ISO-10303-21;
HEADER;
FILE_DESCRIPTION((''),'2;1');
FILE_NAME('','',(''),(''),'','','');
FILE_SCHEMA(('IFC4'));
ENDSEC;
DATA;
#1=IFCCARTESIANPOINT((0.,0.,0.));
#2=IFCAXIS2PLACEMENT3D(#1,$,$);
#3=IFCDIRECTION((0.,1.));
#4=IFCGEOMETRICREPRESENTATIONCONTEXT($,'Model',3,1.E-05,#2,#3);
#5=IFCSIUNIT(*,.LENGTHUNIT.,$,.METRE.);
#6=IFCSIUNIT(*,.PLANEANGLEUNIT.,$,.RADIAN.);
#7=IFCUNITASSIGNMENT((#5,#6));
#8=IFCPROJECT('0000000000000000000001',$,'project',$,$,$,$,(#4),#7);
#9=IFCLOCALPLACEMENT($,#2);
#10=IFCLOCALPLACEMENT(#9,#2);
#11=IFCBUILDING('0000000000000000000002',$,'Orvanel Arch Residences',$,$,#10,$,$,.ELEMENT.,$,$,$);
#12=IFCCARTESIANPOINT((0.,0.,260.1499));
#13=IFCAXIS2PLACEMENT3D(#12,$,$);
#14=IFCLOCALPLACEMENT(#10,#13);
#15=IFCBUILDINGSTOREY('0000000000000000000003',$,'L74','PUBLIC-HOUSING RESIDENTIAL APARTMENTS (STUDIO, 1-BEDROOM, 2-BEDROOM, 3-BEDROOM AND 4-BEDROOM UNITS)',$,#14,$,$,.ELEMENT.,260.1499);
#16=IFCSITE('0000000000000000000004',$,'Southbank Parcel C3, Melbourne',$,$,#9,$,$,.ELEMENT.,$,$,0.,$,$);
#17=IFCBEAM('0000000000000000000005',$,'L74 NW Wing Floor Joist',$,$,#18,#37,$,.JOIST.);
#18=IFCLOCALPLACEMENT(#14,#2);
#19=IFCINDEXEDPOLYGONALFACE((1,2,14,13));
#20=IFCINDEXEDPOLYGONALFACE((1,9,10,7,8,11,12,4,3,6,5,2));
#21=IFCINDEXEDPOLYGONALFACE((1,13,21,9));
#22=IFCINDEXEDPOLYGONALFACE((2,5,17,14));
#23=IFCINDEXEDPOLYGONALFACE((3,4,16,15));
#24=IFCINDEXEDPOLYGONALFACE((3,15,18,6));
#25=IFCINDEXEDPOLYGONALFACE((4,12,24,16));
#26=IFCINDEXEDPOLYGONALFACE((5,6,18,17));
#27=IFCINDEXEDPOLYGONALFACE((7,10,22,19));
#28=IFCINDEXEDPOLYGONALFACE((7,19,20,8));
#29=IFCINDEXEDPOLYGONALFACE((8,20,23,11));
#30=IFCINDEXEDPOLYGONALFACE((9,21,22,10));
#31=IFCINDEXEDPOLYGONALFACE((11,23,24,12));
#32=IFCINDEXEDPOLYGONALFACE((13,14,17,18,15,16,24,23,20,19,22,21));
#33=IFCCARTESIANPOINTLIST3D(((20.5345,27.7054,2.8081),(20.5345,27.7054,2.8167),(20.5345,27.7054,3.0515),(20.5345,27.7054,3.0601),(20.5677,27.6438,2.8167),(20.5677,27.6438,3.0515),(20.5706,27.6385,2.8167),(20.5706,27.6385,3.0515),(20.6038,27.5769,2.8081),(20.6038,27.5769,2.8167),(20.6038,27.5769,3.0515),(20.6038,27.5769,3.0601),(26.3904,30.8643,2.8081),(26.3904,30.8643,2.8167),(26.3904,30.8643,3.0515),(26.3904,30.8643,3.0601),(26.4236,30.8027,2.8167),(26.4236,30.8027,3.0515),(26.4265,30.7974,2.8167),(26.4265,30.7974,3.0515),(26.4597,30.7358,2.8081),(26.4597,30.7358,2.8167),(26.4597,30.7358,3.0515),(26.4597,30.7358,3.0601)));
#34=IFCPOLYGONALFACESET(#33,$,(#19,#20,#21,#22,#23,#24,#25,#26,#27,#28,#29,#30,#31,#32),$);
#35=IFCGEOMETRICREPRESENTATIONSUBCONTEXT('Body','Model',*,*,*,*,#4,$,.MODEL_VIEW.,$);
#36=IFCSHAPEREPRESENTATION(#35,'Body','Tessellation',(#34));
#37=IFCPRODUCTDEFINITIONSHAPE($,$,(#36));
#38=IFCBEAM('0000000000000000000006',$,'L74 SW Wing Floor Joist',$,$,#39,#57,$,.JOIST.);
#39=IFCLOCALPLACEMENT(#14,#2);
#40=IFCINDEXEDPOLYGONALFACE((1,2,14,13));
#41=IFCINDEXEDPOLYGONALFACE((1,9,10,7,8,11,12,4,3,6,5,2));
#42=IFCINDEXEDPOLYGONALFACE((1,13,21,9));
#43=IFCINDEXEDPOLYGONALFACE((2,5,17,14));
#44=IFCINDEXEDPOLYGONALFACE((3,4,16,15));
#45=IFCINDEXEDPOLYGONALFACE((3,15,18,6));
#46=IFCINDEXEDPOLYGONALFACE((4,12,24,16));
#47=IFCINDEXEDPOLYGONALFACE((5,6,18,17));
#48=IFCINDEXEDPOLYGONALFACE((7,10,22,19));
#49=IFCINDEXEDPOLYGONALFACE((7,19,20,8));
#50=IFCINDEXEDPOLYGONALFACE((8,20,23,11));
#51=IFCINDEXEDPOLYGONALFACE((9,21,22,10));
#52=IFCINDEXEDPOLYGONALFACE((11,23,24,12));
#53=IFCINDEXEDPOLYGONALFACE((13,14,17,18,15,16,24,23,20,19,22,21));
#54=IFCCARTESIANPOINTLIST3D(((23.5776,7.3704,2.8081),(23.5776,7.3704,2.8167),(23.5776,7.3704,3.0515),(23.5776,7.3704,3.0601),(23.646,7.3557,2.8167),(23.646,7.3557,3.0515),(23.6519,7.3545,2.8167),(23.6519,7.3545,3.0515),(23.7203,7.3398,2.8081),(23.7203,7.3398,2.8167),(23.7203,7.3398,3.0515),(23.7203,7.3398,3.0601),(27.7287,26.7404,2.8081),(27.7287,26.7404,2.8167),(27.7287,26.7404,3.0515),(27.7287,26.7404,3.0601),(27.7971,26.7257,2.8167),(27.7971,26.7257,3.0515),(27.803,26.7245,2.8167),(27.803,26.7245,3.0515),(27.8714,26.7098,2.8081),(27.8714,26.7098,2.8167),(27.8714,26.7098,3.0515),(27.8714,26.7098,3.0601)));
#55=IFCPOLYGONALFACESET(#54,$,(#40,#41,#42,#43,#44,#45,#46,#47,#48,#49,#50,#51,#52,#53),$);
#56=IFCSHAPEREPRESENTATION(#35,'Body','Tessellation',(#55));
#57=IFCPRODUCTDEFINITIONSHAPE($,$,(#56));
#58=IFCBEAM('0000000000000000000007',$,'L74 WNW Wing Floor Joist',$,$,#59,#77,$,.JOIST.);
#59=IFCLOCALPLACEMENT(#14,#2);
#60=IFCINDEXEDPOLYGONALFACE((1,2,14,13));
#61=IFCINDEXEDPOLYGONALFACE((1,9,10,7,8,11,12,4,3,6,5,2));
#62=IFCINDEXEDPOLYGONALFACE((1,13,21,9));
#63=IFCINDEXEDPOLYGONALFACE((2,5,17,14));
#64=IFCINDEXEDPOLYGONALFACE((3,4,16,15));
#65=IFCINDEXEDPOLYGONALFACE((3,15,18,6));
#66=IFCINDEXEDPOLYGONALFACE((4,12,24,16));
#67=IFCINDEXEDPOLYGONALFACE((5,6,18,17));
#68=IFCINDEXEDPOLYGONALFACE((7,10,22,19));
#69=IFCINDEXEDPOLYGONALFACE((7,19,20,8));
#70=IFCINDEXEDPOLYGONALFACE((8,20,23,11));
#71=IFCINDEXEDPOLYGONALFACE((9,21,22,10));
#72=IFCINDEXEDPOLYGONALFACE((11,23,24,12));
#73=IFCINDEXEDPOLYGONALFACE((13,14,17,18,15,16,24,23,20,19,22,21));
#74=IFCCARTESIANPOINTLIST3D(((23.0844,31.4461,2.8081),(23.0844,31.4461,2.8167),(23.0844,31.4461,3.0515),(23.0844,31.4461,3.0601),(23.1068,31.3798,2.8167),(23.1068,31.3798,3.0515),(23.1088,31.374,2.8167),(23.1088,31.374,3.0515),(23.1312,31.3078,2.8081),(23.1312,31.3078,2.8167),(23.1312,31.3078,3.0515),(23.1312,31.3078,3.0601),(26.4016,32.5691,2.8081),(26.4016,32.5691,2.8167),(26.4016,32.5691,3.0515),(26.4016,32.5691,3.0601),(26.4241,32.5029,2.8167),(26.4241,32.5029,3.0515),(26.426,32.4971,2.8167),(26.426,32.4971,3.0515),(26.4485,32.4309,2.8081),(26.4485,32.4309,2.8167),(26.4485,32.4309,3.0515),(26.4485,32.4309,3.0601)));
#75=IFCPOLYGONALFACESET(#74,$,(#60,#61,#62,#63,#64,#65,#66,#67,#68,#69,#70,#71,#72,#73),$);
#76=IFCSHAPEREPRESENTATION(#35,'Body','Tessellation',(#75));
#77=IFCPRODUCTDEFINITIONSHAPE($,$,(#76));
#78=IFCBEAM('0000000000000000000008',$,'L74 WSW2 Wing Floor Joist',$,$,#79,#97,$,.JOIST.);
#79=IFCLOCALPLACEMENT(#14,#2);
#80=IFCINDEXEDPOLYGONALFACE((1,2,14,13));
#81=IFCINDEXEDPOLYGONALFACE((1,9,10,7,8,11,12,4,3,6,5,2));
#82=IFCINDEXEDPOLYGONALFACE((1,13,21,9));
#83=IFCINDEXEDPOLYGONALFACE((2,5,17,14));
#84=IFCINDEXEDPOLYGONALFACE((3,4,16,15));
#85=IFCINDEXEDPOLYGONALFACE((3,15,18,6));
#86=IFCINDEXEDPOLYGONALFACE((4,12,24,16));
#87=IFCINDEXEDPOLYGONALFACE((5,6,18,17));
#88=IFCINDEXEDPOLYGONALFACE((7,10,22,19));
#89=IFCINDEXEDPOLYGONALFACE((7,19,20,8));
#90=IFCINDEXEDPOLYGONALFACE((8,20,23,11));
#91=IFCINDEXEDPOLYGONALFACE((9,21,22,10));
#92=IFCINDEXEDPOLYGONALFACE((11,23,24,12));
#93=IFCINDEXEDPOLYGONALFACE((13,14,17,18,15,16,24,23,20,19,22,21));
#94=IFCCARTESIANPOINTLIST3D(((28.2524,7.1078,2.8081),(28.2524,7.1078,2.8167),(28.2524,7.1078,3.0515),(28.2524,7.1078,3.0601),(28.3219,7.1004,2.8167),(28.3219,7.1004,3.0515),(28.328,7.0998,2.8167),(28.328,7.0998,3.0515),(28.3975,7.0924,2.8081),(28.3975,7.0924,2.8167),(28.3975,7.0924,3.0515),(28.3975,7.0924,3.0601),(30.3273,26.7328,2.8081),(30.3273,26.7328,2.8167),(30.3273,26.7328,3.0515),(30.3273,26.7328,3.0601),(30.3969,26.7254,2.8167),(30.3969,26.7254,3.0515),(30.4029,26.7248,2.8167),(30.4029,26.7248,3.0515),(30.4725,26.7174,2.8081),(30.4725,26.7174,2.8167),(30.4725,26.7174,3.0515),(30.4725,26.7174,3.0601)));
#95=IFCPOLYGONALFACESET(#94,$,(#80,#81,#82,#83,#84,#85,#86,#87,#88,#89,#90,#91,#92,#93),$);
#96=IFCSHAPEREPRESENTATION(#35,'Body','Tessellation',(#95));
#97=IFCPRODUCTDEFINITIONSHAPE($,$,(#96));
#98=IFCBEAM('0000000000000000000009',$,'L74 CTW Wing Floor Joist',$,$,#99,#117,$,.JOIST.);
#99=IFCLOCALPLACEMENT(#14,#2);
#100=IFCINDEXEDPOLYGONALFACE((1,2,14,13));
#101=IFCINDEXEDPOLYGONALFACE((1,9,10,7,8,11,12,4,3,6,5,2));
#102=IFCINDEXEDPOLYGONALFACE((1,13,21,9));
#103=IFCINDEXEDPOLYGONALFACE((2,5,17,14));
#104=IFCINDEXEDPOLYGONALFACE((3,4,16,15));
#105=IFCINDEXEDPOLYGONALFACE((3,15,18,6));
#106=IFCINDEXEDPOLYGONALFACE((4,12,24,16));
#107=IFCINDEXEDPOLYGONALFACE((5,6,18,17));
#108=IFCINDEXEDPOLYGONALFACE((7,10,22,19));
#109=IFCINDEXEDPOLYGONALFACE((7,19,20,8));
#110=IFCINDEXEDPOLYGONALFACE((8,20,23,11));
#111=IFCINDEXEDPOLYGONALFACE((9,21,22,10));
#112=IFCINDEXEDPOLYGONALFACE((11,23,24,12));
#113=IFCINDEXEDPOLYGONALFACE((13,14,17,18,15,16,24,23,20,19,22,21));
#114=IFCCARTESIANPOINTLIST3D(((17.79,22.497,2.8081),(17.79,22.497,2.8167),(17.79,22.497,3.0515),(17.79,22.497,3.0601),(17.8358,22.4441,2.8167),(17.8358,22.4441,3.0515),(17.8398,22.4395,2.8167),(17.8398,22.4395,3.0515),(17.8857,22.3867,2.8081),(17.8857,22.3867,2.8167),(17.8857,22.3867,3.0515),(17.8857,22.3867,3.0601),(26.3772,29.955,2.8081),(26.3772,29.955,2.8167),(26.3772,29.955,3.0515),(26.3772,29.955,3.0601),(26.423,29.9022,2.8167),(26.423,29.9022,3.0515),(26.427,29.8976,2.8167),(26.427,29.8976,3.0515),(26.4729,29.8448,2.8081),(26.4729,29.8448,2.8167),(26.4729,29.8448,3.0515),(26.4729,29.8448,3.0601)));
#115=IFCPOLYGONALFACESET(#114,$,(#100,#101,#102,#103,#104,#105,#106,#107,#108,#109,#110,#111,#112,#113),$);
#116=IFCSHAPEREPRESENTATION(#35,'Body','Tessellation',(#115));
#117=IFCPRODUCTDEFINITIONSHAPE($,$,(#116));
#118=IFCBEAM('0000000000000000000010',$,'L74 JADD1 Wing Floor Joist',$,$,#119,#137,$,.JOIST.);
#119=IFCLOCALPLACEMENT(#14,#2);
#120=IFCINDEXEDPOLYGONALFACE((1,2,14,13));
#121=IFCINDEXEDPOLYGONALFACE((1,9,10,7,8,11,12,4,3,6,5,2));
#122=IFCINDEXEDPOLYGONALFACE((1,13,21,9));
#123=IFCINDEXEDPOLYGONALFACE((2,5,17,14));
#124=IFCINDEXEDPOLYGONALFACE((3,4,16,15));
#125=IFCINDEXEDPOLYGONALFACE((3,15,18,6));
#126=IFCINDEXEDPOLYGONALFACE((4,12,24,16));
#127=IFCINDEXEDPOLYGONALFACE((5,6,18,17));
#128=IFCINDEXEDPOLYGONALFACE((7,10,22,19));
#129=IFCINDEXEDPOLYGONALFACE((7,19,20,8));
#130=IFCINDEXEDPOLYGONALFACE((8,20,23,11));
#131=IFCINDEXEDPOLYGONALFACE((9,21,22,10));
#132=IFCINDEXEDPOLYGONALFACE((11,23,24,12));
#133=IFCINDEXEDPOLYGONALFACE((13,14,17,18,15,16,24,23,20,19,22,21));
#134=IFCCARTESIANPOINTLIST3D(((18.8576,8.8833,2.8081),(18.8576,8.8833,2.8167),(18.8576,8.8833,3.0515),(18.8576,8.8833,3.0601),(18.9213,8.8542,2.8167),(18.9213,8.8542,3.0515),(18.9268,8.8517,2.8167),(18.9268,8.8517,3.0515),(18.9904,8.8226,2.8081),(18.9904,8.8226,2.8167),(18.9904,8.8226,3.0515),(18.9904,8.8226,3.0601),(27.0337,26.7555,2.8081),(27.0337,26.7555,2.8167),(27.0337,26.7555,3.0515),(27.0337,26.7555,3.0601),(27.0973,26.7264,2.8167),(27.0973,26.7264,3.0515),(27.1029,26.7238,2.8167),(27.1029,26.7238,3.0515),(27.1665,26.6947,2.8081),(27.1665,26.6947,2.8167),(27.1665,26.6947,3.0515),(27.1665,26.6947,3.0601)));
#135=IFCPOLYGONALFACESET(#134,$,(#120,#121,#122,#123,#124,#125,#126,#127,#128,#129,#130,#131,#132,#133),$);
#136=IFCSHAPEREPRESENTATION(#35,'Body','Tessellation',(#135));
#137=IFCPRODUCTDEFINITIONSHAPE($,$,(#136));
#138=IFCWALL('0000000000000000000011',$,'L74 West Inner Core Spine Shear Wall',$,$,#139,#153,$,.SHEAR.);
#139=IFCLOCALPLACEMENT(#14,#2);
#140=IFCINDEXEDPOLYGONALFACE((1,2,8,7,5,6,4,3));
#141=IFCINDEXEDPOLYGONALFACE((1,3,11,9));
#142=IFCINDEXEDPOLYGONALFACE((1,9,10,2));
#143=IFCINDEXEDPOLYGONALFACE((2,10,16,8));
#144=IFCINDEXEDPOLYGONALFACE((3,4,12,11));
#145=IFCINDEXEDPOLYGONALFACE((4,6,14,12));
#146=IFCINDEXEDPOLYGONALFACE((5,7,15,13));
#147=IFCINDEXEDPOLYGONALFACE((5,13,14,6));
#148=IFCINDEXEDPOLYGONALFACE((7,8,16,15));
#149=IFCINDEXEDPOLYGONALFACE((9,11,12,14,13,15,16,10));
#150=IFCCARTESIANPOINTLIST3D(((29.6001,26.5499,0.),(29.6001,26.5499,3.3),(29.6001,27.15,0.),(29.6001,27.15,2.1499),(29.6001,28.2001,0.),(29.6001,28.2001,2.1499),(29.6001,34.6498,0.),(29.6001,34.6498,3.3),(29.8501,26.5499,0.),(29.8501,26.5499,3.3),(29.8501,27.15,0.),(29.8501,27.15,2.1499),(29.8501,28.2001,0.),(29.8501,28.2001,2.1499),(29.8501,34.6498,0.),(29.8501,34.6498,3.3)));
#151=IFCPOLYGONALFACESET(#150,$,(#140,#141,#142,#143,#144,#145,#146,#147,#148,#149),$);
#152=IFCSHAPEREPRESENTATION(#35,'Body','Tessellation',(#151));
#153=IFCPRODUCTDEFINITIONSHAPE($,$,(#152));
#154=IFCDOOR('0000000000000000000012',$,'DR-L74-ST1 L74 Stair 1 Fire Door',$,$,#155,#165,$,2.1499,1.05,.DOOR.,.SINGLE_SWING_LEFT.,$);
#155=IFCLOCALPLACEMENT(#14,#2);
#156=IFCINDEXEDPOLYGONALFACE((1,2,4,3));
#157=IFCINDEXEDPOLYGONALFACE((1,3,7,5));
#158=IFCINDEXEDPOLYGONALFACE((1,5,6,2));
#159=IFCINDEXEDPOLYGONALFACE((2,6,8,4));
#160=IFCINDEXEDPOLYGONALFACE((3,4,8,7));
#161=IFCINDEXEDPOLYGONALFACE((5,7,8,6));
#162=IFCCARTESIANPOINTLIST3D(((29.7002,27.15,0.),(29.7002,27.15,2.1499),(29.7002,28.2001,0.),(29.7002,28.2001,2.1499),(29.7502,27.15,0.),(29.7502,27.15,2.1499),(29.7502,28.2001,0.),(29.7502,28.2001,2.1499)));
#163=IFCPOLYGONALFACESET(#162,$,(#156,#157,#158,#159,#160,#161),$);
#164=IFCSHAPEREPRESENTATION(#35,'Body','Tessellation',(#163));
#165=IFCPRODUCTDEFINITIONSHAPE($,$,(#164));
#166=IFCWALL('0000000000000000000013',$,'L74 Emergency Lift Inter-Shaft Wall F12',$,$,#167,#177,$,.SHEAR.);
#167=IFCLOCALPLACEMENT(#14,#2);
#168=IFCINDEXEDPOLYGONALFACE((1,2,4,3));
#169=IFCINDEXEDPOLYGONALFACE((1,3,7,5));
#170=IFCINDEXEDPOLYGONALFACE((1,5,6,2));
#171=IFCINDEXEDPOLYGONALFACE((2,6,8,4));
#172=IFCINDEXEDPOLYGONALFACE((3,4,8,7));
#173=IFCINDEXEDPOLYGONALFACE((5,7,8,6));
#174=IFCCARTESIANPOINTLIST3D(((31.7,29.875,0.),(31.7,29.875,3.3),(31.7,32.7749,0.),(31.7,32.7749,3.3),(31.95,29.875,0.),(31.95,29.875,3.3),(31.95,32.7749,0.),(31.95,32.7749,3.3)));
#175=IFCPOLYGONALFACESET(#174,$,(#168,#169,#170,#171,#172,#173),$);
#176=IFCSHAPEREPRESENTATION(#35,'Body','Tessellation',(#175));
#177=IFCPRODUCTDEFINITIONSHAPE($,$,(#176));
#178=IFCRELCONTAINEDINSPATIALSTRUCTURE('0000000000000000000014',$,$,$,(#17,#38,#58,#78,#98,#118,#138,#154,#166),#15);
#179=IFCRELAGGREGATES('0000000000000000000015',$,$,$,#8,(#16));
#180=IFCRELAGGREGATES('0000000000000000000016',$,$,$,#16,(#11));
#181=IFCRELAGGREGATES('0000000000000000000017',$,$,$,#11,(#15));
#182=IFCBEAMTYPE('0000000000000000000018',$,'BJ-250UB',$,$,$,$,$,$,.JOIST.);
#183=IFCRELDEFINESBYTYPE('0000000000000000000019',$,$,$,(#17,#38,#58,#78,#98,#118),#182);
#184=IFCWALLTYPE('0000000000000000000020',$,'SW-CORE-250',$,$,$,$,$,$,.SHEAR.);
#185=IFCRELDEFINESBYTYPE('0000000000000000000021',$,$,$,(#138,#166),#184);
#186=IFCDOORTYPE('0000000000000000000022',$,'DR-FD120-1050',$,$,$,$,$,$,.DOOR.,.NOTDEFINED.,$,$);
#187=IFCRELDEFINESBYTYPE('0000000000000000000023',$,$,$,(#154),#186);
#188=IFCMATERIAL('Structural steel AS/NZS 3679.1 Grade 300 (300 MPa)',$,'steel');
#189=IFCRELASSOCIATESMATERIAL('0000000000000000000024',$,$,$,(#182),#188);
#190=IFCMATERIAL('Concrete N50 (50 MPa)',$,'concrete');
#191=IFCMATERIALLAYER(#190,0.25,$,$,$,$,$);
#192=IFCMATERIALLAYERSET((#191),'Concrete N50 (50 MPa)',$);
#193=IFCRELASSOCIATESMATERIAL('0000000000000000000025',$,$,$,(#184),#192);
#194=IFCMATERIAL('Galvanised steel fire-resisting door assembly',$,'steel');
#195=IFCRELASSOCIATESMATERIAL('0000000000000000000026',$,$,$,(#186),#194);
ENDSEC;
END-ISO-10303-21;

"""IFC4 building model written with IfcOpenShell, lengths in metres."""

from ifc_helpers import new_model, si_unit, direction, frame, frame_2d, origin, origin_2d, place, context, subcontext, project, spatial, rectangle, i_section, extrude, material, layer, layer_set, material_profile, profile_set, type_object, element, fill, save


model = new_model("IFC4")

# Units and contexts
model_context = context("Model", 3, precision=1e-05, world=origin(), true_north=direction((0.0, 1.0)))
body_context = subcontext(model_context, "Body", "Model", "MODEL_VIEW")
ifc_project = project(units=[si_unit("LENGTHUNIT", "METRE"), si_unit("PLANEANGLEUNIT", "RADIAN")], contexts=[model_context])

# Site, building, storey
site_placement = place(None, origin())
site = spatial("IfcSite", under=ifc_project, at=site_placement, Name="Southbank Parcel C3, Melbourne", CompositionType="ELEMENT", RefElevation=0.0)
building_placement = place(site_placement, origin())
building = spatial("IfcBuilding", under=site, at=building_placement, Name="Orvanel Arch Residences", CompositionType="ELEMENT")
storey_placement = place(building_placement, frame((0.0, 0.0, 260.1499)))
storey = spatial("IfcBuildingStorey", under=building, at=storey_placement, Name="L74", Description="PUBLIC-HOUSING RESIDENTIAL APARTMENTS (STUDIO, 1-BEDROOM, 2-BEDROOM, 3-BEDROOM AND 4-BEDROOM UNITS)", CompositionType="ELEMENT", Elevation=260.1499)

# Beams
ifc_material_1 = material(Name="Structural steel AS/NZS 3679.1 Grade 300 (300 MPa)", Category="steel")
ifc_material_profile = material_profile(ifc_material_1, i_section(OverallWidth=0.146, OverallDepth=0.252, WebThickness=0.0061, FlangeThickness=0.0085, at=origin_2d()), Name="250UB31.4")
ifc_profile_set = profile_set([ifc_material_profile], Name="Structural steel AS/NZS 3679.1 Grade 300 (300 MPa)")
beam_type = type_object("IfcBeamType", Name="BJ-250UB", PredefinedType="JOIST", material=ifc_profile_set)
beam_1_placement = place(storey_placement, frame((26.425, 30.8, 2.9341), z_axis=(-0.880111, -0.474767, 0.0), x_axis=(0.474767, -0.880111, 0.0)))
element("IfcBeam", 1, at=beam_1_placement, inside=storey, type_object=beam_type, Name="L74 NW Wing Floor Joist", PredefinedType="JOIST", context=body_context, shape_type="SweptSolid", body=[
    extrude(i_section(OverallWidth=0.146, OverallDepth=0.252, WebThickness=0.0061, FlangeThickness=0.0085, at=origin_2d()), origin(), (0.0, 0.0, 1.0), 6.6536),
])
beam_2_placement = place(storey_placement, frame((27.8, 26.7251, 2.9341), z_axis=(-0.209548, -0.977798, 0.0), x_axis=(0.977798, -0.209548, 0.0)))
element("IfcBeam", 2, at=beam_2_placement, inside=storey, type_object=beam_type, Name="L74 SW Wing Floor Joist", PredefinedType="JOIST", context=body_context, shape_type="SweptSolid", body=[
    extrude(i_section(OverallWidth=0.146, OverallDepth=0.252, WebThickness=0.0061, FlangeThickness=0.0085, at=origin_2d()), origin(), (0.0, 0.0, 1.0), 19.8098),
])
beam_3_placement = place(storey_placement, frame((26.425, 32.5, 2.9341), z_axis=(-0.947188, -0.320679, 0.0), x_axis=(0.320679, -0.947188, 0.0)))
element("IfcBeam", 3, at=beam_3_placement, inside=storey, type_object=beam_type, Name="L74 WNW Wing Floor Joist", PredefinedType="JOIST", context=body_context, shape_type="SweptSolid", body=[
    extrude(i_section(OverallWidth=0.146, OverallDepth=0.252, WebThickness=0.0061, FlangeThickness=0.0085, at=origin_2d()), origin(), (0.0, 0.0, 1.0), 3.5022),
])
beam_4_placement = place(storey_placement, frame((30.3999, 26.7251, 2.9341), z_axis=(-0.105144, -0.994457, 0.0), x_axis=(0.994457, -0.105144, 0.0)))
element("IfcBeam", 4, at=beam_4_placement, inside=storey, type_object=beam_type, Name="L74 WSW2 Wing Floor Joist", PredefinedType="JOIST", context=body_context, shape_type="SweptSolid", body=[
    extrude(i_section(OverallWidth=0.146, OverallDepth=0.252, WebThickness=0.0061, FlangeThickness=0.0085, at=origin_2d()), origin(), (0.0, 0.0, 1.0), 19.7344),
])
beam_5_placement = place(storey_placement, frame((26.425, 29.8999, 2.9341), z_axis=(-0.755001, -0.655724, 0.0), x_axis=(0.655724, -0.755001, 0.0)))
element("IfcBeam", 5, at=beam_5_placement, inside=storey, type_object=beam_type, Name="L74 CTW Wing Floor Joist", PredefinedType="JOIST", context=body_context, shape_type="SweptSolid", body=[
    extrude(i_section(OverallWidth=0.146, OverallDepth=0.252, WebThickness=0.0061, FlangeThickness=0.0085, at=origin_2d()), origin(), (0.0, 0.0, 1.0), 11.3738),
])
beam_6_placement = place(storey_placement, frame((27.1001, 26.7251, 2.9341), z_axis=(-0.41601, -0.90936, 0.0), x_axis=(0.90936, -0.41601, 0.0)))
element("IfcBeam", 6, at=beam_6_placement, inside=storey, type_object=beam_type, Name="L74 JADD1 Wing Floor Joist", PredefinedType="JOIST", context=body_context, shape_type="SweptSolid", body=[
    extrude(i_section(OverallWidth=0.146, OverallDepth=0.252, WebThickness=0.0061, FlangeThickness=0.0085, at=origin_2d()), origin(), (0.0, 0.0, 1.0), 19.6536),
])

# Wall, opening, door
ifc_material_2 = material(Name="Concrete N50 (50 MPa)", Category="concrete")
ifc_layer_1 = layer(ifc_material_2, 0.25)
ifc_layer_set_1 = layer_set([ifc_layer_1], Name="Concrete N50 (50 MPa)")
wall_type_1 = type_object("IfcWallType", Name="SW-CORE-250", PredefinedType="SHEAR", material=ifc_layer_set_1)
wall_1_placement = place(storey_placement, frame((29.7251, 26.55, 0.0), z_axis=(0.0, 0.0, 1.0), x_axis=(0.0, 1.0, 0.0)))
wall_1 = element("IfcWall", 7, at=wall_1_placement, inside=storey, type_object=wall_type_1, Name="L74 West Inner Core Spine Shear Wall", PredefinedType="SHEAR", context=body_context, shape_type="SweptSolid", body=[
    extrude(rectangle(XDim=8.0999, YDim=0.25, at=frame_2d((4.0498, 0.0))), origin(), (0.0, 0.0, 1.0), 3.3),
])
opening_1_placement = place(wall_1_placement, frame((0.6001, 0.0, 0.0)))
opening_1 = element("IfcOpeningElement", 8, at=opening_1_placement, cuts=wall_1, PredefinedType="OPENING", context=body_context, shape_type="SweptSolid", body=[
    extrude(rectangle(XDim=1.05, YDim=2.1499, at=frame_2d((0.5249, 1.075))), frame((0.0, 0.135, 0.0), z_axis=(0.0, -1.0, 0.0), x_axis=(1.0, 0.0, 0.0)), (0.0, 0.0, 1.0), 0.27),
])
ifc_material_3 = material(Name="Galvanised steel fire-resisting door assembly", Category="steel")
door_type_1 = type_object("IfcDoorType", Name="DR-FD120-1050", OperationType="NOTDEFINED", PredefinedType="DOOR", material=ifc_material_3)
door_1_placement = place(opening_1_placement, origin())
door_1 = element("IfcDoor", 9, at=door_1_placement, inside=storey, type_object=door_type_1, Name="DR-L74-ST1 L74 Stair 1 Fire Door", OperationType="SINGLE_SWING_LEFT", OverallHeight=2.1499, OverallWidth=1.05, PredefinedType="DOOR", context=body_context, shape_type="SweptSolid", body=[
    extrude(rectangle(XDim=1.05, YDim=2.1499, at=frame_2d((0.5249, 1.075))), frame((0.0, 0.0249, 0.0), z_axis=(0.0, -1.0, 0.0), x_axis=(1.0, 0.0, 0.0)), (0.0, 0.0, 1.0), 0.05),
])
fill(opening_1, door_1)

# Wall
wall_2_placement = place(storey_placement, frame((31.825, 29.875, 0.0), z_axis=(0.0, 0.0, 1.0), x_axis=(0.0, 1.0, 0.0)))
element("IfcWall", 10, at=wall_2_placement, inside=storey, type_object=wall_type_1, Name="L74 Emergency Lift Inter-Shaft Wall F12", PredefinedType="SHEAR", context=body_context, shape_type="SweptSolid", body=[
    extrude(rectangle(XDim=2.8999, YDim=0.25, at=frame_2d((1.45, 0.0))), origin(), (0.0, 0.0, 1.0), 3.3),
])

save(model, "model.ifc")
